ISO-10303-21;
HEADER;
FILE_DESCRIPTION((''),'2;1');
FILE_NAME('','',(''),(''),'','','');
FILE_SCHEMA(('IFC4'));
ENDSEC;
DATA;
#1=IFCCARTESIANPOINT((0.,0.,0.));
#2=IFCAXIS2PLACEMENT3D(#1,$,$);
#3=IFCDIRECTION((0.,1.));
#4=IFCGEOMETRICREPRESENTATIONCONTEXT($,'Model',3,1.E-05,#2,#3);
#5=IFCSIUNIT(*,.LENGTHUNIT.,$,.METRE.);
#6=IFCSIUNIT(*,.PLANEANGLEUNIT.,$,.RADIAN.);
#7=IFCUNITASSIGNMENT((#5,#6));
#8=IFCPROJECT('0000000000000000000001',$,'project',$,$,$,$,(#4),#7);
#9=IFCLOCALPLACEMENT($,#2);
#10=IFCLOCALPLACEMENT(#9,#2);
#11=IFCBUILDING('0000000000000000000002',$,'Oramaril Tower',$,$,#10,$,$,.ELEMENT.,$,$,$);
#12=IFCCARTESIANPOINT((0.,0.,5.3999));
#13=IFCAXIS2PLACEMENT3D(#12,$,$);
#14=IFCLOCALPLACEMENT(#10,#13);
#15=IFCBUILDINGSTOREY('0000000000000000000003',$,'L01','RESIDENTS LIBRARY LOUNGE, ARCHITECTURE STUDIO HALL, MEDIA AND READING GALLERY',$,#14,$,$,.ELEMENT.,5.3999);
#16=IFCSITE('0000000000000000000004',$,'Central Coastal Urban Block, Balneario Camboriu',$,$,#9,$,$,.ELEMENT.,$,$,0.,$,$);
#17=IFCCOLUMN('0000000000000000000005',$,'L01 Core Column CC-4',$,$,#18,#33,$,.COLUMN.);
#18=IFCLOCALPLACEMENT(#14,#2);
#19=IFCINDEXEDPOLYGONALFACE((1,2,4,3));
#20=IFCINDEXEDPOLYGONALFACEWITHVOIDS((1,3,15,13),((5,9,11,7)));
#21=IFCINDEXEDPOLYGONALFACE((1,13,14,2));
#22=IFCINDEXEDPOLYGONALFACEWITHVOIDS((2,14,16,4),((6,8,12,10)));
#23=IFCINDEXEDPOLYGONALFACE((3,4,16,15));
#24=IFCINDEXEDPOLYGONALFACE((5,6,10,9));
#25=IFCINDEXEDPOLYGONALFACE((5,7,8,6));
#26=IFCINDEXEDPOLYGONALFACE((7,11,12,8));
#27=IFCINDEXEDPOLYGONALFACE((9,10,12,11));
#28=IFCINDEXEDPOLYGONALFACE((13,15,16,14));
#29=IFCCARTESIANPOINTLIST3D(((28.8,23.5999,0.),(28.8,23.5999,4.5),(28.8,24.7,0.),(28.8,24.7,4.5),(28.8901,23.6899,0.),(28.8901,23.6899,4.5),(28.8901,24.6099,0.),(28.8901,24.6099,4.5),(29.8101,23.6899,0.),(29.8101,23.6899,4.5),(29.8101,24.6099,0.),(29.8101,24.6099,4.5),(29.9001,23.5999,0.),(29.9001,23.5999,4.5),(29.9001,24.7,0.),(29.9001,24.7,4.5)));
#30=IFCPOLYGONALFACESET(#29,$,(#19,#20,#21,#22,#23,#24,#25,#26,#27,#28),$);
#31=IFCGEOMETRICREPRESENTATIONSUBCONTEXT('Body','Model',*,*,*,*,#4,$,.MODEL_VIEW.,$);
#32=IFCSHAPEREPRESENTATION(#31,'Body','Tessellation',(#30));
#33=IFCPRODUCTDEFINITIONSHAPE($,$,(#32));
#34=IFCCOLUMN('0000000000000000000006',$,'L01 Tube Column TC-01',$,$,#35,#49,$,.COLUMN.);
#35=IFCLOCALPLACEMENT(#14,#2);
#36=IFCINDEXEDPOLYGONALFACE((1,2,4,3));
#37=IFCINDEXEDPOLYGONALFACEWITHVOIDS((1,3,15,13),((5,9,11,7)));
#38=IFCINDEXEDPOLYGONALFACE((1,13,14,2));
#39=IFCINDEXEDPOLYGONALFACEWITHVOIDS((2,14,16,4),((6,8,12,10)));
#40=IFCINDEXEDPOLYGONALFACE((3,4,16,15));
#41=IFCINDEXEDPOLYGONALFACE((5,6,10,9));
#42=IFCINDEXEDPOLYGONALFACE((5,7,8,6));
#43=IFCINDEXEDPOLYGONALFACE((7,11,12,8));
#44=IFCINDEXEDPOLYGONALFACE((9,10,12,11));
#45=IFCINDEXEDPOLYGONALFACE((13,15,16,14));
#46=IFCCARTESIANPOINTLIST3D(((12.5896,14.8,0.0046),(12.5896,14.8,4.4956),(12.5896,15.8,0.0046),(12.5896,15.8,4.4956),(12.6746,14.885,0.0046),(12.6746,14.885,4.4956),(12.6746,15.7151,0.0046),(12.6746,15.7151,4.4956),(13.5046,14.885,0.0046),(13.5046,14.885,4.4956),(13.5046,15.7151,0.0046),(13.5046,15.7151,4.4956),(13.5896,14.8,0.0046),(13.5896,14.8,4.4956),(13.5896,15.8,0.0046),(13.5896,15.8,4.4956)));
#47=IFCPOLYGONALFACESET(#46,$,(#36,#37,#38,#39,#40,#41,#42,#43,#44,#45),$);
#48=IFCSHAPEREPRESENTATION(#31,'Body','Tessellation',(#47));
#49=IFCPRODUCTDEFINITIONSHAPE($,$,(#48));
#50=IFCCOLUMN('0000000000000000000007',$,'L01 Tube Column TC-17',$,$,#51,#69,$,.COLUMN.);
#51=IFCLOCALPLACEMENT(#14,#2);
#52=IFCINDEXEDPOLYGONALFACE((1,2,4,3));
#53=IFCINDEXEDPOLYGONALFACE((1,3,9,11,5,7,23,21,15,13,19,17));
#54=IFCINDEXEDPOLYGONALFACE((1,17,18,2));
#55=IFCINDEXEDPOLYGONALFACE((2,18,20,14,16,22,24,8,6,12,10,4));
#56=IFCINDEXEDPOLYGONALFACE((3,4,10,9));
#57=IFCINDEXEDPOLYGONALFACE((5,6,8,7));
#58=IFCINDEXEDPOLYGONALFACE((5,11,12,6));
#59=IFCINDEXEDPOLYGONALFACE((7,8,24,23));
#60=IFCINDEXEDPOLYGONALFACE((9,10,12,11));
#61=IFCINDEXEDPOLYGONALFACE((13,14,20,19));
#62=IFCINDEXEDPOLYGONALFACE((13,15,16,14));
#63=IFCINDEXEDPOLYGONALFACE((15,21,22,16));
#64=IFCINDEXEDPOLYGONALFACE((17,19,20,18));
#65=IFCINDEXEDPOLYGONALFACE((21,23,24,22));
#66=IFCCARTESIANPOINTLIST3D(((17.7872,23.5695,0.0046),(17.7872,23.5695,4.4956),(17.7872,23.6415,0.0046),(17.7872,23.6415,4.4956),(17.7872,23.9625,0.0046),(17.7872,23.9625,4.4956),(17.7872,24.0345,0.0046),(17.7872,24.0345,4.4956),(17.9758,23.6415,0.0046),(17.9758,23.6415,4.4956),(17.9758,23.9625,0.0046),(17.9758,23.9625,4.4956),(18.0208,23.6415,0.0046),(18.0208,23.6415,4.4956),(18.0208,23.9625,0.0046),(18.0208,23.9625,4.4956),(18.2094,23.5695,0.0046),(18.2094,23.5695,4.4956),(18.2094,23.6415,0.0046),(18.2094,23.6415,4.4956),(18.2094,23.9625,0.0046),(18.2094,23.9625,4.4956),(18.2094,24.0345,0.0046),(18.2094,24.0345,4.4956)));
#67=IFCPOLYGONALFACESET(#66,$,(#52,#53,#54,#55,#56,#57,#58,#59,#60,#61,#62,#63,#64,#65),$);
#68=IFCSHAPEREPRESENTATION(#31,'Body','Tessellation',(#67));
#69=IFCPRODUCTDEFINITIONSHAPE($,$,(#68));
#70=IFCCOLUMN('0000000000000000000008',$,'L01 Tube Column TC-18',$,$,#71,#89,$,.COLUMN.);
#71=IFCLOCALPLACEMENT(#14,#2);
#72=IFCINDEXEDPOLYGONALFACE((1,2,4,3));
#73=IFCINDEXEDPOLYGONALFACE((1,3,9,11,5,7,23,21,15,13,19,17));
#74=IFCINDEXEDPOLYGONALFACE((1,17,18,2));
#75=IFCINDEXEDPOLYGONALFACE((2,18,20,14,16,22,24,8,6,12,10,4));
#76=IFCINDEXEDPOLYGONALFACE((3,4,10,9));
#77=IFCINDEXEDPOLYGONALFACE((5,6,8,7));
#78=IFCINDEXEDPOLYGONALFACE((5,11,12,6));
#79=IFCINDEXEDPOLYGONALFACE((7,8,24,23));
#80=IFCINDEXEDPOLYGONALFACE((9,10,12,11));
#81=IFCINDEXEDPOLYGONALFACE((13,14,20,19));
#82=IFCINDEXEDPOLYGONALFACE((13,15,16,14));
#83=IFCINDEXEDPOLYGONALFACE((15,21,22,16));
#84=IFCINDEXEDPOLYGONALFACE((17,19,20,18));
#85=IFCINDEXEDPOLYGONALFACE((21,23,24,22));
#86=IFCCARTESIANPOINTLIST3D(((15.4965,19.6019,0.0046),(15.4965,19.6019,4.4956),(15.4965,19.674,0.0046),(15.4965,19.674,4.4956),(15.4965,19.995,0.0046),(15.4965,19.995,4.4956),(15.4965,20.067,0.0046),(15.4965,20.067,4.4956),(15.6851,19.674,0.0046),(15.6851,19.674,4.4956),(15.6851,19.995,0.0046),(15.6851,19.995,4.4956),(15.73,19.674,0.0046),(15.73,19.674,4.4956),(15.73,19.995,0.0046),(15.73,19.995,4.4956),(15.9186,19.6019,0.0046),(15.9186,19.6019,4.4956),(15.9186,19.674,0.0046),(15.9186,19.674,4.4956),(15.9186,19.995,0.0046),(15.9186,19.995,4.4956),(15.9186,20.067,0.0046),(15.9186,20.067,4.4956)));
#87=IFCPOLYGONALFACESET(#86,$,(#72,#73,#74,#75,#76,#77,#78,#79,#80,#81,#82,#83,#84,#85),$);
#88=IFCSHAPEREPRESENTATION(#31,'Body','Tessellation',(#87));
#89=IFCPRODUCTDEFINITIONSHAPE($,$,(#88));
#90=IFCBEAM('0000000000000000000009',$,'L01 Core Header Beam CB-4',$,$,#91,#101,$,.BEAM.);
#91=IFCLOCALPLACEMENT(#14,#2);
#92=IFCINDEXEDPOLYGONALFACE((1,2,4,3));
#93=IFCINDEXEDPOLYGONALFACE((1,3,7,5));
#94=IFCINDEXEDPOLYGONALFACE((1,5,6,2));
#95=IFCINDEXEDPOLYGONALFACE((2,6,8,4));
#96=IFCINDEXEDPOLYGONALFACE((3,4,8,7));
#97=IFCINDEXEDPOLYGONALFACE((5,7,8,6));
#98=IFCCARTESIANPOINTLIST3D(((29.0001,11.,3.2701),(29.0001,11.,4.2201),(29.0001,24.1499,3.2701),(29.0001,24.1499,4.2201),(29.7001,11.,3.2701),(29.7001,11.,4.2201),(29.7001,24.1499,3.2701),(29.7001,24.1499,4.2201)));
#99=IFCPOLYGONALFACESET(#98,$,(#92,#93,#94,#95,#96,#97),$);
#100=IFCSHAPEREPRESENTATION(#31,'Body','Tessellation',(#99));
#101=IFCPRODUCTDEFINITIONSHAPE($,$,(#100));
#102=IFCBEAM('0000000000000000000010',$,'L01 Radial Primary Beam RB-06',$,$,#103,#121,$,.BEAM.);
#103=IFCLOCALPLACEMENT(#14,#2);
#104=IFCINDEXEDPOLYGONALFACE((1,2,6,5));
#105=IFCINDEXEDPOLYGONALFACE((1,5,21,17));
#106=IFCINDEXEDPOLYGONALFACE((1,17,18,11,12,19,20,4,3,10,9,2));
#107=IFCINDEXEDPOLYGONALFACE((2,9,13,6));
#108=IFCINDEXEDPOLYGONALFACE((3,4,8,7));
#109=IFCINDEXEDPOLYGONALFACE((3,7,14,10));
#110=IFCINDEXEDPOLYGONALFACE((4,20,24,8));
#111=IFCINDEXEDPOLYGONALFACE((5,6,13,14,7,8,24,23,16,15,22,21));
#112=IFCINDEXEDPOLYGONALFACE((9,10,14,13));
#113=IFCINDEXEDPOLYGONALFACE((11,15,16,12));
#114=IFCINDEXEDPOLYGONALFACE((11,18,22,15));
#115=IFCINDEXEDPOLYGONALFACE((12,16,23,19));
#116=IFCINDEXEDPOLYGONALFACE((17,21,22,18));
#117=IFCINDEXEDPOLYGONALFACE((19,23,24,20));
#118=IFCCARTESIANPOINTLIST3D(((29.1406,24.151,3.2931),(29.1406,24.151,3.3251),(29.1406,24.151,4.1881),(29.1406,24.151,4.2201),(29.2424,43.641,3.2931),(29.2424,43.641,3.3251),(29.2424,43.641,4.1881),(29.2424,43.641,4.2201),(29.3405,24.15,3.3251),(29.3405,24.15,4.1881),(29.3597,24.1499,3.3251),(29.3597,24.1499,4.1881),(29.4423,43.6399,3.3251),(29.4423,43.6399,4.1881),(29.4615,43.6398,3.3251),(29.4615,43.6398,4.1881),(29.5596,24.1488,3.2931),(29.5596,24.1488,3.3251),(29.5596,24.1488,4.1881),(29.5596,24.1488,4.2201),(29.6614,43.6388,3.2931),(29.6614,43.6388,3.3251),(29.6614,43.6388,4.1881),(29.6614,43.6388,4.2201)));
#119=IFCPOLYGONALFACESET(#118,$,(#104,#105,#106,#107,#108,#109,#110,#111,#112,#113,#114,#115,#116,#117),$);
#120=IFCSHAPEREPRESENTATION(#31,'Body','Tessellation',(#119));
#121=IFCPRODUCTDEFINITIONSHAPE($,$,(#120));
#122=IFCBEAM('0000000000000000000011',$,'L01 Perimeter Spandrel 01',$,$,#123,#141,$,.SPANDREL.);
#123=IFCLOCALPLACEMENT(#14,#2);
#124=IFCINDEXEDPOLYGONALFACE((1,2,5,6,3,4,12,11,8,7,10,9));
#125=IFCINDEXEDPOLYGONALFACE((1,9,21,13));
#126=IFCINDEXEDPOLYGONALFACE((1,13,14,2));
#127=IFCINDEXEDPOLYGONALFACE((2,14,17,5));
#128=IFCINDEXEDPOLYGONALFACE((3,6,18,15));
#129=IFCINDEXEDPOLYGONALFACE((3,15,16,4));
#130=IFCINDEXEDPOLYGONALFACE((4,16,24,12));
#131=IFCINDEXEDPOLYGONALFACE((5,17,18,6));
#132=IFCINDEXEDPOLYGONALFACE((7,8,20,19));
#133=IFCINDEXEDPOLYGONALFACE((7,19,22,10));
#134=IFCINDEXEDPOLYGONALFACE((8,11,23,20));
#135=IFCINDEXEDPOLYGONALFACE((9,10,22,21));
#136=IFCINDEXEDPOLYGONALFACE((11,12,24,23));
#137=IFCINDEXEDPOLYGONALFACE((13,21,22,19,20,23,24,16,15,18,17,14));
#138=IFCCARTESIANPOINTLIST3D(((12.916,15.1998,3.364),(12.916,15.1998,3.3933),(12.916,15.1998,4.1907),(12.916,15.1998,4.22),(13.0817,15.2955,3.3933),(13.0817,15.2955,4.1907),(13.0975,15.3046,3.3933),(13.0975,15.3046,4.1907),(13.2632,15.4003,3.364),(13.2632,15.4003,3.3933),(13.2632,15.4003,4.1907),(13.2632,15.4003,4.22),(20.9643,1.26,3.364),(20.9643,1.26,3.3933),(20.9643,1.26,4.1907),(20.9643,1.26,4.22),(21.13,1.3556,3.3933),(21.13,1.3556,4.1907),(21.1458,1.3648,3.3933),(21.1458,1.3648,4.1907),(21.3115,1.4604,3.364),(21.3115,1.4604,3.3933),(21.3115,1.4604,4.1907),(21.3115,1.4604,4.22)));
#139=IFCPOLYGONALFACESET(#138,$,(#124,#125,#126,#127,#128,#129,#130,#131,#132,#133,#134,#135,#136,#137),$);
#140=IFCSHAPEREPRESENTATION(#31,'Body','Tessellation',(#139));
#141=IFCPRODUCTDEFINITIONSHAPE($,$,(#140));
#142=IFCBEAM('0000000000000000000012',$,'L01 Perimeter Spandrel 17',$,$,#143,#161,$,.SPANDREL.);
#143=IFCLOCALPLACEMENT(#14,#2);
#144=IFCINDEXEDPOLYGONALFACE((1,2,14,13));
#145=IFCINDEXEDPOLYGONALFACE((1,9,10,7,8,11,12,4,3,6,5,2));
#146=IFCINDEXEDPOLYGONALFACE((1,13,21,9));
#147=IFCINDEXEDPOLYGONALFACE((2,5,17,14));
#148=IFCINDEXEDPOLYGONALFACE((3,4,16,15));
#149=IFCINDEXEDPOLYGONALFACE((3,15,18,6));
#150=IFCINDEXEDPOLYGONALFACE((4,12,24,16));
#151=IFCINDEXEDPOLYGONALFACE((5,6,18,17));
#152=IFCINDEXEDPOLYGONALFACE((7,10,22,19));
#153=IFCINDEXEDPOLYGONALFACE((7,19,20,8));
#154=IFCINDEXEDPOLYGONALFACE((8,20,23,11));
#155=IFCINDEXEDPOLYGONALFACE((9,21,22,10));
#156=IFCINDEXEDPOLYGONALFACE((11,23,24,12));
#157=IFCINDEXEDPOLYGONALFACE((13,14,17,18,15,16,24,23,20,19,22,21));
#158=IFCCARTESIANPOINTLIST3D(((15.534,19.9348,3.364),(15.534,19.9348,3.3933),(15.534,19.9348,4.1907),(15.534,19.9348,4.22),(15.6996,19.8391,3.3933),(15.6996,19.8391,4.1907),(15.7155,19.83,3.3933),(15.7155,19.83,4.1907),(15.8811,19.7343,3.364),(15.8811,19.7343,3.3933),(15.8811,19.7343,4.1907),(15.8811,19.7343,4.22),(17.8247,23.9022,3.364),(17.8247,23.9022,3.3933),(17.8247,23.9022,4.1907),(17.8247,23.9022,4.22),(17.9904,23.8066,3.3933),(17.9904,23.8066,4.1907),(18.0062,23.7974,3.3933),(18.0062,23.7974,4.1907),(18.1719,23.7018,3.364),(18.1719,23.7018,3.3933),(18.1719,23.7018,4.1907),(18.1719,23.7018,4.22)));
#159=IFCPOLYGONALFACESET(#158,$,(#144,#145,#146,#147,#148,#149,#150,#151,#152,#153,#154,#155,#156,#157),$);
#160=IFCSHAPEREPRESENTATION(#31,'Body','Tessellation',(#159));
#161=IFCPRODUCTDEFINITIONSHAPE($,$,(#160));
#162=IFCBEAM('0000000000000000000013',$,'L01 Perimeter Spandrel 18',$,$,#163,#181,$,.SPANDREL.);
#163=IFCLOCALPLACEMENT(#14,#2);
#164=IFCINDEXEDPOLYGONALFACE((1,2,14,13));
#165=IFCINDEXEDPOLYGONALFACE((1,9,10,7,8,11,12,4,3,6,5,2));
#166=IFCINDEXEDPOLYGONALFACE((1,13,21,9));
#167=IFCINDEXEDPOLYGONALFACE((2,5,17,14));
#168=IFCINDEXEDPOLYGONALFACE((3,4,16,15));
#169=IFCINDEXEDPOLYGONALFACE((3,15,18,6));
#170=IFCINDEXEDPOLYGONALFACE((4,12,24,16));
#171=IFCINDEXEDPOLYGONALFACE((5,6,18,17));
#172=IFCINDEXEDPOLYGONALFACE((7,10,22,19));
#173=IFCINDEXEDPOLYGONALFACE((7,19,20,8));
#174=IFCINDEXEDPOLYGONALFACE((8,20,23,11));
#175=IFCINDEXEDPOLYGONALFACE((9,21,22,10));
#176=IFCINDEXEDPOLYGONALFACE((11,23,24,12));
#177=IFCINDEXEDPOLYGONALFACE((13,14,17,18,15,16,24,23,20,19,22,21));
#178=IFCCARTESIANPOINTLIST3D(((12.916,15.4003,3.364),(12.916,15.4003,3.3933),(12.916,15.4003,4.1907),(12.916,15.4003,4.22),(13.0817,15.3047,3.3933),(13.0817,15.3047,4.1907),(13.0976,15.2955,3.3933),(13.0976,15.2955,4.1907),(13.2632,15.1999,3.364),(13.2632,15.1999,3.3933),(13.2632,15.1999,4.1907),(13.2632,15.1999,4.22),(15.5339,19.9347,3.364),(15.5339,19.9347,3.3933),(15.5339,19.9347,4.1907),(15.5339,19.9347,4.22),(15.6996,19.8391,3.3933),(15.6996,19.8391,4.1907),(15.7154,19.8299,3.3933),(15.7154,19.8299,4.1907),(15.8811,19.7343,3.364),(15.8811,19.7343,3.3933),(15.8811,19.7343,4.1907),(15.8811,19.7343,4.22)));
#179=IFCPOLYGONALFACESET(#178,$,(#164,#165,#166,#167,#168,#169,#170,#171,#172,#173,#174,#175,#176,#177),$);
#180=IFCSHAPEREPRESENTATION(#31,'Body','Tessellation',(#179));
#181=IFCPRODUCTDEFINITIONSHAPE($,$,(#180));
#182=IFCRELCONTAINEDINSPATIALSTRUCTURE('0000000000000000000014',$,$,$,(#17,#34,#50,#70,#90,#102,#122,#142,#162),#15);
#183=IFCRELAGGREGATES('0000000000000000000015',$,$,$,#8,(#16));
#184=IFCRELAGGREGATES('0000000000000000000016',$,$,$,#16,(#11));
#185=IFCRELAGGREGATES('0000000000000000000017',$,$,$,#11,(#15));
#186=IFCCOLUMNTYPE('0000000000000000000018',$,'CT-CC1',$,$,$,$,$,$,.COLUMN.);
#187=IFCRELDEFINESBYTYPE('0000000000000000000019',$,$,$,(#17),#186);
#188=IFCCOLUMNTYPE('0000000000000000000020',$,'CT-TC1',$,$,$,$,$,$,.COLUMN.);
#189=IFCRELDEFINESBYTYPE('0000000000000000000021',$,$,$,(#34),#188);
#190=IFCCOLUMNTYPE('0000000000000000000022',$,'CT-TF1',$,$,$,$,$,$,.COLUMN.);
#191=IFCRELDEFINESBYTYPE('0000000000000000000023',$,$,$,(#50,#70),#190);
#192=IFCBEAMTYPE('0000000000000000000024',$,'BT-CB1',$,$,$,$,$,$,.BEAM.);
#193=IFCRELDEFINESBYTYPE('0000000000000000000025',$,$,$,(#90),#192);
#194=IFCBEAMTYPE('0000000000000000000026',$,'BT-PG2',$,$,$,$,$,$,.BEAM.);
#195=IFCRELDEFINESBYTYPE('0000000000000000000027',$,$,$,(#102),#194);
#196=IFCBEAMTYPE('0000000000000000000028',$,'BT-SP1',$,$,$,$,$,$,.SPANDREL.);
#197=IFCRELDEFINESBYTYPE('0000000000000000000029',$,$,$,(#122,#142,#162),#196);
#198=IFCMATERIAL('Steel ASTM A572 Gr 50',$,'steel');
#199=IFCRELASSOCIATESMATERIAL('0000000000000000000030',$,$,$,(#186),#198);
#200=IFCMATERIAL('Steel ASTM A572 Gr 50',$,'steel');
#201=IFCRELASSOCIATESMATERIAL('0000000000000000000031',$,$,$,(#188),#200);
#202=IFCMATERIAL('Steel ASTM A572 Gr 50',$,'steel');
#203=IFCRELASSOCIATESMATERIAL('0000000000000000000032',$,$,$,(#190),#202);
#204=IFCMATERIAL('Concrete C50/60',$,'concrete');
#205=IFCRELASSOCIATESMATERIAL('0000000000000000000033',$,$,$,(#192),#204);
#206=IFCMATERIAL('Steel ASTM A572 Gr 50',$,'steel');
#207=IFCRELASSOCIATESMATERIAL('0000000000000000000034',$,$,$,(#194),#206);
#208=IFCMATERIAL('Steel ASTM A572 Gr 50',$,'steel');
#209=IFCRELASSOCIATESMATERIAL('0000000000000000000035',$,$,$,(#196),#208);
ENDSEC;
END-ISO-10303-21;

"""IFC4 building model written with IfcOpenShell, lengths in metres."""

from ifc_helpers import new_model, si_unit, direction, frame, origin, origin_2d, place, context, subcontext, project, spatial, rectangle, hollow_rectangle, i_section, extrude, material, material_profile, profile_set, type_object, element, save


model = new_model("IFC4")

# Units and contexts
model_context = context("Model", 3, precision=1e-05, world=origin(), true_north=direction((0.0, 1.0)))
body_context = subcontext(model_context, "Body", "Model", "MODEL_VIEW")
ifc_project = project(units=[si_unit("LENGTHUNIT", "METRE"), si_unit("PLANEANGLEUNIT", "RADIAN")], contexts=[model_context])

# Site, building, storey
site_placement = place(None, origin())
site = spatial("IfcSite", under=ifc_project, at=site_placement, Name="Central Coastal Urban Block, Balneario Camboriu", CompositionType="ELEMENT", RefElevation=0.0)
building_placement = place(site_placement, origin())
building = spatial("IfcBuilding", under=site, at=building_placement, Name="Oramaril Tower", CompositionType="ELEMENT")
storey_placement = place(building_placement, frame((0.0, 0.0, 5.3999)))
storey = spatial("IfcBuildingStorey", under=building, at=storey_placement, Name="L01", Description="RESIDENTS LIBRARY LOUNGE, ARCHITECTURE STUDIO HALL, MEDIA AND READING GALLERY", CompositionType="ELEMENT", Elevation=5.3999)

# Columns
ifc_material_1 = material(Name="Steel ASTM A572 Gr 50", Category="steel")
ifc_material_profile_1 = material_profile(ifc_material_1, hollow_rectangle(XDim=1.1001, YDim=1.1001, WallThickness=0.0901, at=origin_2d()), Name="BOX1100X1100X90")
ifc_profile_set_1 = profile_set([ifc_material_profile_1], Name="Steel ASTM A572 Gr 50")
column_type_1 = type_object("IfcColumnType", Name="CT-CC1", PredefinedType="COLUMN", material=ifc_profile_set_1)
column_1_placement = place(storey_placement, frame((29.3501, 24.1499, 0.0), z_axis=(0.0, 0.0, 1.0), x_axis=(1.0, 0.0, 0.0)))
element("IfcColumn", 1, at=column_1_placement, inside=storey, type_object=column_type_1, Name="L01 Core Column CC-4", PredefinedType="COLUMN", context=body_context, shape_type="SweptSolid", body=[
    extrude(hollow_rectangle(XDim=1.1001, YDim=1.1001, WallThickness=0.0901, at=origin_2d()), origin(), (0.0, 0.0, 1.0), 4.5),
])
ifc_material_2 = material(Name="Steel ASTM A572 Gr 50", Category="steel")
ifc_material_profile_2 = material_profile(ifc_material_2, hollow_rectangle(XDim=1.0, YDim=1.0, WallThickness=0.085, at=origin_2d()), Name="BOX1000X1000X85")
ifc_profile_set_2 = profile_set([ifc_material_profile_2], Name="Steel ASTM A572 Gr 50")
column_type_2 = type_object("IfcColumnType", Name="CT-TC1", PredefinedType="COLUMN", material=ifc_profile_set_2)
column_2_placement = place(storey_placement, frame((13.0896, 15.3, 0.0046), z_axis=(0.0, 0.0, 1.0), x_axis=(1.0, 0.0, 0.0)))
element("IfcColumn", 2, at=column_2_placement, inside=storey, type_object=column_type_2, Name="L01 Tube Column TC-01", PredefinedType="COLUMN", context=body_context, shape_type="SweptSolid", body=[
    extrude(hollow_rectangle(XDim=1.0, YDim=1.0, WallThickness=0.085, at=origin_2d()), origin(), (0.0, 0.0, 1.0), 4.491),
])
ifc_material_3 = material(Name="Steel ASTM A572 Gr 50", Category="steel")
ifc_material_profile_3 = material_profile(ifc_material_3, i_section(OverallWidth=0.4221, OverallDepth=0.4651, WebThickness=0.0449, FlangeThickness=0.072, at=origin_2d()), Name="W14X398")
ifc_profile_set_3 = profile_set([ifc_material_profile_3], Name="Steel ASTM A572 Gr 50")
column_type_3 = type_object("IfcColumnType", Name="CT-TF1", PredefinedType="COLUMN", material=ifc_profile_set_3)
for number, where, z_axis, x_axis, name in (
    (3, (17.9983, 23.802, 0.0046), (0.0, 0.0, 1.0), (1.0, 0.0, 0.0), "L01 Tube Column TC-17"),
    (4, (15.7075, 19.8345, 0.0046), (0.0, 0.0, 1.0), (1.0, 0.0, 0.0), "L01 Tube Column TC-18"),
):
    element("IfcColumn", number, at=place(storey_placement, frame(where, z_axis=z_axis, x_axis=x_axis)), inside=storey, type_object=column_type_3, Name=name, PredefinedType="COLUMN", context=body_context, shape_type="SweptSolid", body=[
        extrude(i_section(OverallWidth=0.4221, OverallDepth=0.4651, WebThickness=0.0449, FlangeThickness=0.072, at=origin_2d()), origin(), (0.0, 0.0, 1.0), 4.491),
    ])

# Beams
ifc_material_4 = material(Name="Concrete C50/60", Category="concrete")
ifc_material_profile_4 = material_profile(ifc_material_4, rectangle(XDim=0.7, YDim=0.95, at=origin_2d()), Name="CB700X950")
ifc_profile_set_4 = profile_set([ifc_material_profile_4], Name="Concrete C50/60")
beam_type_1 = type_object("IfcBeamType", Name="BT-CB1", PredefinedType="BEAM", material=ifc_profile_set_4)
beam_1_placement = place(storey_placement, frame((29.3501, 24.1499, 3.7451), z_axis=(0.0, -1.0, 0.0), x_axis=(1.0, 0.0, 0.0)))
element("IfcBeam", 5, at=beam_1_placement, inside=storey, type_object=beam_type_1, Name="L01 Core Header Beam CB-4", PredefinedType="BEAM", context=body_context, shape_type="SweptSolid", body=[
    extrude(rectangle(XDim=0.7, YDim=0.95, at=origin_2d()), origin(), (0.0, 0.0, 1.0), 13.1499),
])
ifc_material_5 = material(Name="Steel ASTM A572 Gr 50", Category="steel")
ifc_material_profile_5 = material_profile(ifc_material_5, i_section(OverallWidth=0.4189, OverallDepth=0.927, WebThickness=0.0193, FlangeThickness=0.032, at=origin_2d()), Name="W36X231")
ifc_profile_set_5 = profile_set([ifc_material_profile_5], Name="Steel ASTM A572 Gr 50")
beam_type_2 = type_object("IfcBeamType", Name="BT-PG2", PredefinedType="BEAM", material=ifc_profile_set_5)
beam_2_placement = place(storey_placement, frame((29.3501, 24.1499, 3.7566), z_axis=(0.005223, 0.999986, 0.0), x_axis=(-0.999986, 0.005223, 0.0)))
element("IfcBeam", 6, at=beam_2_placement, inside=storey, type_object=beam_type_2, Name="L01 Radial Primary Beam RB-06", PredefinedType="BEAM", context=body_context, shape_type="SweptSolid", body=[
    extrude(i_section(OverallWidth=0.4189, OverallDepth=0.927, WebThickness=0.0193, FlangeThickness=0.032, at=origin_2d()), origin(), (0.0, 0.0, 1.0), 19.4902),
])
ifc_material_6 = material(Name="Steel ASTM A572 Gr 50", Category="steel")
ifc_material_profile_6 = material_profile(ifc_material_6, i_section(OverallWidth=0.4009, OverallDepth=0.856, WebThickness=0.0183, FlangeThickness=0.0293, at=origin_2d()), Name="W33X201")
ifc_profile_set_6 = profile_set([ifc_material_profile_6], Name="Steel ASTM A572 Gr 50")
beam_type_3 = type_object("IfcBeamType", Name="BT-SP1", PredefinedType="SPANDREL", material=ifc_profile_set_6)
beam_3_placement = place(storey_placement, frame((13.0896, 15.3, 3.792), z_axis=(0.500005, -0.866022, 0.0), x_axis=(0.866022, 0.500005, 0.0)))
element("IfcBeam", 7, at=beam_3_placement, inside=storey, type_object=beam_type_3, Name="L01 Perimeter Spandrel 01", PredefinedType="SPANDREL", context=body_context, shape_type="SweptSolid", body=[
    extrude(i_section(OverallWidth=0.4009, OverallDepth=0.856, WebThickness=0.0183, FlangeThickness=0.0293, at=origin_2d()), origin(), (0.0, 0.0, 1.0), 16.0964),
])
beam_4_placement = place(storey_placement, frame((17.9983, 23.802, 3.792), z_axis=(-0.500019, -0.866014, 0.0), x_axis=(0.866014, -0.500019, 0.0)))
element("IfcBeam", 8, at=beam_4_placement, inside=storey, type_object=beam_type_3, Name="L01 Perimeter Spandrel 17", PredefinedType="SPANDREL", context=body_context, shape_type="SweptSolid", body=[
    extrude(i_section(OverallWidth=0.4009, OverallDepth=0.856, WebThickness=0.0183, FlangeThickness=0.0293, at=origin_2d()), origin(), (0.0, 0.0, 1.0), 4.5813),
])
beam_5_placement = place(storey_placement, frame((15.7075, 19.8345, 3.792), z_axis=(-0.499996, -0.866028, 0.0), x_axis=(0.866028, -0.499996, 0.0)))
element("IfcBeam", 9, at=beam_5_placement, inside=storey, type_object=beam_type_3, Name="L01 Perimeter Spandrel 18", PredefinedType="SPANDREL", context=body_context, shape_type="SweptSolid", body=[
    extrude(i_section(OverallWidth=0.4009, OverallDepth=0.856, WebThickness=0.0183, FlangeThickness=0.0293, at=origin_2d()), origin(), (0.0, 0.0, 1.0), 5.2358),
])

save(model, "model.ifc")
